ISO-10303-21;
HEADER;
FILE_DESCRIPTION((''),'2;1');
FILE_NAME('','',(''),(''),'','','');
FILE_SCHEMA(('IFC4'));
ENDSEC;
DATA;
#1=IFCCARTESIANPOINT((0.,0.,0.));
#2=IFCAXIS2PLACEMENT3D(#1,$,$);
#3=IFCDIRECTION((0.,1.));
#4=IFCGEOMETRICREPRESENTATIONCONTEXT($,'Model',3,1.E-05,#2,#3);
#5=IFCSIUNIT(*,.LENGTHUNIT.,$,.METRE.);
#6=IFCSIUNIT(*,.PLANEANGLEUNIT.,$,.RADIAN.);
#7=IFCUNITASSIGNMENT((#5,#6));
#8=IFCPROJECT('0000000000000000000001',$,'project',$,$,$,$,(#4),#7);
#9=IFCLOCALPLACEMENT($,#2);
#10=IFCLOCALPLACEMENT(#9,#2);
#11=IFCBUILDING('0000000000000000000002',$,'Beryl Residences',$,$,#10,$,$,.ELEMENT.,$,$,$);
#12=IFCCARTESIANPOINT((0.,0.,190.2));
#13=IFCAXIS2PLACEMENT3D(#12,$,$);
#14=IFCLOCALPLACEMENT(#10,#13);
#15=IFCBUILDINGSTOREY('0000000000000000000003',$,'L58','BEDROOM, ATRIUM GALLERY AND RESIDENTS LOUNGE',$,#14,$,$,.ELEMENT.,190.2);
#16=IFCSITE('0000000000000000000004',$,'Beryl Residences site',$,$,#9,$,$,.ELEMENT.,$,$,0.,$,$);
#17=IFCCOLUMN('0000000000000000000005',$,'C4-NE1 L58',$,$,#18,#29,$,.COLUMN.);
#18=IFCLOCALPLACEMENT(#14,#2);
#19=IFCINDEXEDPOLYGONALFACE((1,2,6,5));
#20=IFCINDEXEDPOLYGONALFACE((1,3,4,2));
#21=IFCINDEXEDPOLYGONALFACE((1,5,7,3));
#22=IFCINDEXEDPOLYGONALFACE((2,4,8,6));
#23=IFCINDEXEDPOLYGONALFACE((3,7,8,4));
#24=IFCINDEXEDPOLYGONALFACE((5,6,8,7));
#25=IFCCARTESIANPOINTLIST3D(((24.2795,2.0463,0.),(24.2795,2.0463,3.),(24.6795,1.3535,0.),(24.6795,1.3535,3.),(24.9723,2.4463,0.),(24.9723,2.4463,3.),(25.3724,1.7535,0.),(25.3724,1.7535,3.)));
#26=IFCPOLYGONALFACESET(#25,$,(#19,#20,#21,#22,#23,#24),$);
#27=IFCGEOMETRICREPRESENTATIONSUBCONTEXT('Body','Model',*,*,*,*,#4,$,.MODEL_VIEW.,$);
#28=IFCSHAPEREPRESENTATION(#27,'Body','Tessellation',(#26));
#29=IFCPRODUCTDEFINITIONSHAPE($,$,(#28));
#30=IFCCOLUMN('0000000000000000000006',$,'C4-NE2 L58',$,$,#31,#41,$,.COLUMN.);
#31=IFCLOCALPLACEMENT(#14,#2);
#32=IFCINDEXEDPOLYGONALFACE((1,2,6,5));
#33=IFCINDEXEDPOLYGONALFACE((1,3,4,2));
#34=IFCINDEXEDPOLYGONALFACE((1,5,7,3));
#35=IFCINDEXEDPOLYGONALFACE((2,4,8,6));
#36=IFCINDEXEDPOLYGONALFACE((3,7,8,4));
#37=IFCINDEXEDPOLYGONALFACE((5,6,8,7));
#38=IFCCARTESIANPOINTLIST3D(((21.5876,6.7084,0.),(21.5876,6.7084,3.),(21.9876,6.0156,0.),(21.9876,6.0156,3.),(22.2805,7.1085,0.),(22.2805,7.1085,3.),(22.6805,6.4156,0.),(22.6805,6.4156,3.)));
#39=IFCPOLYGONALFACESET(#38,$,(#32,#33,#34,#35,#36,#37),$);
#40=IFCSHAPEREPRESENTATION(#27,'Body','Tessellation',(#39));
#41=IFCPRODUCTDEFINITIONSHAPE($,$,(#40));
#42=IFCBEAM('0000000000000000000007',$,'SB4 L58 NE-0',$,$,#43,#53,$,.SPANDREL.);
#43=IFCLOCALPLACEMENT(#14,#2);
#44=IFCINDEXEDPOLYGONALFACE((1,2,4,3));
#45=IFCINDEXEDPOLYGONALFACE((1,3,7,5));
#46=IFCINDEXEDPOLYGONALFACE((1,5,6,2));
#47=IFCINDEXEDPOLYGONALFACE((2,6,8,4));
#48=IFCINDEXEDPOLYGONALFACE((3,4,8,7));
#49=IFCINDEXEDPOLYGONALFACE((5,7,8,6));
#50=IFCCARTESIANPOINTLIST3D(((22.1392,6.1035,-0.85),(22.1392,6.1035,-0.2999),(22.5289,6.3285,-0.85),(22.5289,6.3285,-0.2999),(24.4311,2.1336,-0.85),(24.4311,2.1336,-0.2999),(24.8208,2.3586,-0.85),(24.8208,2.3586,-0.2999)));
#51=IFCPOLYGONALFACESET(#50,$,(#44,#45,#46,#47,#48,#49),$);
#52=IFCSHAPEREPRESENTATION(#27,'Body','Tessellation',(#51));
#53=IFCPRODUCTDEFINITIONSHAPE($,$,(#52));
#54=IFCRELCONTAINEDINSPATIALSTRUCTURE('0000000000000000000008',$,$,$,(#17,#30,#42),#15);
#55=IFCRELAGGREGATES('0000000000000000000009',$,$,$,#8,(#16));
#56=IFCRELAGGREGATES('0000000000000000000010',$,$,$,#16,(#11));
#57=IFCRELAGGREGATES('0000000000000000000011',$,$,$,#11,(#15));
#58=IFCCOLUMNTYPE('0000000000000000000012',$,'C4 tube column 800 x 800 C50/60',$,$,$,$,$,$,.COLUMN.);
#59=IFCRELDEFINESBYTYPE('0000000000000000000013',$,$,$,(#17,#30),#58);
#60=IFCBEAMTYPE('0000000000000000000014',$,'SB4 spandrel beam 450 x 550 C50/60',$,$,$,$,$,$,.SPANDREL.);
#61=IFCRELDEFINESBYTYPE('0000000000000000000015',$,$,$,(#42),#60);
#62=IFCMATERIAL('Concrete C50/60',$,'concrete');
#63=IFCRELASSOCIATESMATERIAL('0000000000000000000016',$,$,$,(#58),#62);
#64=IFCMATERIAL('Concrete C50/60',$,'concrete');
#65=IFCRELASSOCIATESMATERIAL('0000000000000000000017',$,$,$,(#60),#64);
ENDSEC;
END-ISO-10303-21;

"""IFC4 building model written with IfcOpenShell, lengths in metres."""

from ifc_helpers import new_model, si_unit, direction, frame, origin, origin_2d, place, context, subcontext, project, spatial, rectangle, extrude, material, material_profile, profile_set, type_object, element, save


model = new_model("IFC4")

# Units and contexts
model_context = context("Model", 3, precision=1e-05, world=origin(), true_north=direction((0.0, 1.0)))
body_context = subcontext(model_context, "Body", "Model", "MODEL_VIEW")
ifc_project = project(units=[si_unit("LENGTHUNIT", "METRE"), si_unit("PLANEANGLEUNIT", "RADIAN")], contexts=[model_context])

# Site, building, storey
site_placement = place(None, origin())
site = spatial("IfcSite", under=ifc_project, at=site_placement, Name="Beryl Residences site", CompositionType="ELEMENT", RefElevation=0.0)
building_placement = place(site_placement, origin())
building = spatial("IfcBuilding", under=site, at=building_placement, Name="Beryl Residences", CompositionType="ELEMENT")
storey_placement = place(building_placement, frame((0.0, 0.0, 190.2)))
storey = spatial("IfcBuildingStorey", under=building, at=storey_placement, Name="L58", Description="BEDROOM, ATRIUM GALLERY AND RESIDENTS LOUNGE", CompositionType="ELEMENT", Elevation=190.2)

# Columns
ifc_material_1 = material(Name="Concrete C50/60", Category="concrete")
ifc_material_profile_1 = material_profile(ifc_material_1, rectangle(XDim=0.8, YDim=0.8, at=origin_2d()))
ifc_profile_set_1 = profile_set([ifc_material_profile_1], Name="Concrete C50/60")
column_type = type_object("IfcColumnType", Name="C4 tube column 800 x 800 C50/60", PredefinedType="COLUMN", material=ifc_profile_set_1)
for number, where, z_axis, x_axis, name in (
    (1, (24.8259, 1.8999, 0.0), (0.0, 0.0, 1.0), (-0.5, 0.866025, 0.0), "C4-NE1 L58"),
    (2, (22.134, 6.562, 0.0), (0.0, 0.0, 1.0), (-0.5, 0.866025, 0.0), "C4-NE2 L58"),
):
    element("IfcColumn", number, at=place(storey_placement, frame(where, z_axis=z_axis, x_axis=x_axis)), inside=storey, type_object=column_type, Name=name, PredefinedType="COLUMN", context=body_context, shape_type="SweptSolid", body=[
        extrude(rectangle(XDim=0.8, YDim=0.8, at=origin_2d()), origin(), (0.0, 0.0, 1.0), 3.0),
    ])

# Beam
ifc_material_2 = material(Name="Concrete C50/60", Category="concrete")
ifc_material_profile_2 = material_profile(ifc_material_2, rectangle(XDim=0.45, YDim=0.55, at=origin_2d()))
ifc_profile_set_2 = profile_set([ifc_material_profile_2], Name="Concrete C50/60")
beam_type = type_object("IfcBeamType", Name="SB4 spandrel beam 450 x 550 C50/60", PredefinedType="SPANDREL", material=ifc_profile_set_2)
beam_placement = place(storey_placement, frame((24.626, 2.2461, -0.575), z_axis=(-0.499988, 0.866032, 0.0), x_axis=(-0.866032, -0.499988, 0.0)))
element("IfcBeam", 3, at=beam_placement, inside=storey, type_object=beam_type, Name="SB4 L58 NE-0", PredefinedType="SPANDREL", context=body_context, shape_type="SweptSolid", body=[
    extrude(rectangle(XDim=0.45, YDim=0.55, at=origin_2d()), origin(), (0.0, 0.0, 1.0), 4.584),
])

save(model, "model.ifc")
